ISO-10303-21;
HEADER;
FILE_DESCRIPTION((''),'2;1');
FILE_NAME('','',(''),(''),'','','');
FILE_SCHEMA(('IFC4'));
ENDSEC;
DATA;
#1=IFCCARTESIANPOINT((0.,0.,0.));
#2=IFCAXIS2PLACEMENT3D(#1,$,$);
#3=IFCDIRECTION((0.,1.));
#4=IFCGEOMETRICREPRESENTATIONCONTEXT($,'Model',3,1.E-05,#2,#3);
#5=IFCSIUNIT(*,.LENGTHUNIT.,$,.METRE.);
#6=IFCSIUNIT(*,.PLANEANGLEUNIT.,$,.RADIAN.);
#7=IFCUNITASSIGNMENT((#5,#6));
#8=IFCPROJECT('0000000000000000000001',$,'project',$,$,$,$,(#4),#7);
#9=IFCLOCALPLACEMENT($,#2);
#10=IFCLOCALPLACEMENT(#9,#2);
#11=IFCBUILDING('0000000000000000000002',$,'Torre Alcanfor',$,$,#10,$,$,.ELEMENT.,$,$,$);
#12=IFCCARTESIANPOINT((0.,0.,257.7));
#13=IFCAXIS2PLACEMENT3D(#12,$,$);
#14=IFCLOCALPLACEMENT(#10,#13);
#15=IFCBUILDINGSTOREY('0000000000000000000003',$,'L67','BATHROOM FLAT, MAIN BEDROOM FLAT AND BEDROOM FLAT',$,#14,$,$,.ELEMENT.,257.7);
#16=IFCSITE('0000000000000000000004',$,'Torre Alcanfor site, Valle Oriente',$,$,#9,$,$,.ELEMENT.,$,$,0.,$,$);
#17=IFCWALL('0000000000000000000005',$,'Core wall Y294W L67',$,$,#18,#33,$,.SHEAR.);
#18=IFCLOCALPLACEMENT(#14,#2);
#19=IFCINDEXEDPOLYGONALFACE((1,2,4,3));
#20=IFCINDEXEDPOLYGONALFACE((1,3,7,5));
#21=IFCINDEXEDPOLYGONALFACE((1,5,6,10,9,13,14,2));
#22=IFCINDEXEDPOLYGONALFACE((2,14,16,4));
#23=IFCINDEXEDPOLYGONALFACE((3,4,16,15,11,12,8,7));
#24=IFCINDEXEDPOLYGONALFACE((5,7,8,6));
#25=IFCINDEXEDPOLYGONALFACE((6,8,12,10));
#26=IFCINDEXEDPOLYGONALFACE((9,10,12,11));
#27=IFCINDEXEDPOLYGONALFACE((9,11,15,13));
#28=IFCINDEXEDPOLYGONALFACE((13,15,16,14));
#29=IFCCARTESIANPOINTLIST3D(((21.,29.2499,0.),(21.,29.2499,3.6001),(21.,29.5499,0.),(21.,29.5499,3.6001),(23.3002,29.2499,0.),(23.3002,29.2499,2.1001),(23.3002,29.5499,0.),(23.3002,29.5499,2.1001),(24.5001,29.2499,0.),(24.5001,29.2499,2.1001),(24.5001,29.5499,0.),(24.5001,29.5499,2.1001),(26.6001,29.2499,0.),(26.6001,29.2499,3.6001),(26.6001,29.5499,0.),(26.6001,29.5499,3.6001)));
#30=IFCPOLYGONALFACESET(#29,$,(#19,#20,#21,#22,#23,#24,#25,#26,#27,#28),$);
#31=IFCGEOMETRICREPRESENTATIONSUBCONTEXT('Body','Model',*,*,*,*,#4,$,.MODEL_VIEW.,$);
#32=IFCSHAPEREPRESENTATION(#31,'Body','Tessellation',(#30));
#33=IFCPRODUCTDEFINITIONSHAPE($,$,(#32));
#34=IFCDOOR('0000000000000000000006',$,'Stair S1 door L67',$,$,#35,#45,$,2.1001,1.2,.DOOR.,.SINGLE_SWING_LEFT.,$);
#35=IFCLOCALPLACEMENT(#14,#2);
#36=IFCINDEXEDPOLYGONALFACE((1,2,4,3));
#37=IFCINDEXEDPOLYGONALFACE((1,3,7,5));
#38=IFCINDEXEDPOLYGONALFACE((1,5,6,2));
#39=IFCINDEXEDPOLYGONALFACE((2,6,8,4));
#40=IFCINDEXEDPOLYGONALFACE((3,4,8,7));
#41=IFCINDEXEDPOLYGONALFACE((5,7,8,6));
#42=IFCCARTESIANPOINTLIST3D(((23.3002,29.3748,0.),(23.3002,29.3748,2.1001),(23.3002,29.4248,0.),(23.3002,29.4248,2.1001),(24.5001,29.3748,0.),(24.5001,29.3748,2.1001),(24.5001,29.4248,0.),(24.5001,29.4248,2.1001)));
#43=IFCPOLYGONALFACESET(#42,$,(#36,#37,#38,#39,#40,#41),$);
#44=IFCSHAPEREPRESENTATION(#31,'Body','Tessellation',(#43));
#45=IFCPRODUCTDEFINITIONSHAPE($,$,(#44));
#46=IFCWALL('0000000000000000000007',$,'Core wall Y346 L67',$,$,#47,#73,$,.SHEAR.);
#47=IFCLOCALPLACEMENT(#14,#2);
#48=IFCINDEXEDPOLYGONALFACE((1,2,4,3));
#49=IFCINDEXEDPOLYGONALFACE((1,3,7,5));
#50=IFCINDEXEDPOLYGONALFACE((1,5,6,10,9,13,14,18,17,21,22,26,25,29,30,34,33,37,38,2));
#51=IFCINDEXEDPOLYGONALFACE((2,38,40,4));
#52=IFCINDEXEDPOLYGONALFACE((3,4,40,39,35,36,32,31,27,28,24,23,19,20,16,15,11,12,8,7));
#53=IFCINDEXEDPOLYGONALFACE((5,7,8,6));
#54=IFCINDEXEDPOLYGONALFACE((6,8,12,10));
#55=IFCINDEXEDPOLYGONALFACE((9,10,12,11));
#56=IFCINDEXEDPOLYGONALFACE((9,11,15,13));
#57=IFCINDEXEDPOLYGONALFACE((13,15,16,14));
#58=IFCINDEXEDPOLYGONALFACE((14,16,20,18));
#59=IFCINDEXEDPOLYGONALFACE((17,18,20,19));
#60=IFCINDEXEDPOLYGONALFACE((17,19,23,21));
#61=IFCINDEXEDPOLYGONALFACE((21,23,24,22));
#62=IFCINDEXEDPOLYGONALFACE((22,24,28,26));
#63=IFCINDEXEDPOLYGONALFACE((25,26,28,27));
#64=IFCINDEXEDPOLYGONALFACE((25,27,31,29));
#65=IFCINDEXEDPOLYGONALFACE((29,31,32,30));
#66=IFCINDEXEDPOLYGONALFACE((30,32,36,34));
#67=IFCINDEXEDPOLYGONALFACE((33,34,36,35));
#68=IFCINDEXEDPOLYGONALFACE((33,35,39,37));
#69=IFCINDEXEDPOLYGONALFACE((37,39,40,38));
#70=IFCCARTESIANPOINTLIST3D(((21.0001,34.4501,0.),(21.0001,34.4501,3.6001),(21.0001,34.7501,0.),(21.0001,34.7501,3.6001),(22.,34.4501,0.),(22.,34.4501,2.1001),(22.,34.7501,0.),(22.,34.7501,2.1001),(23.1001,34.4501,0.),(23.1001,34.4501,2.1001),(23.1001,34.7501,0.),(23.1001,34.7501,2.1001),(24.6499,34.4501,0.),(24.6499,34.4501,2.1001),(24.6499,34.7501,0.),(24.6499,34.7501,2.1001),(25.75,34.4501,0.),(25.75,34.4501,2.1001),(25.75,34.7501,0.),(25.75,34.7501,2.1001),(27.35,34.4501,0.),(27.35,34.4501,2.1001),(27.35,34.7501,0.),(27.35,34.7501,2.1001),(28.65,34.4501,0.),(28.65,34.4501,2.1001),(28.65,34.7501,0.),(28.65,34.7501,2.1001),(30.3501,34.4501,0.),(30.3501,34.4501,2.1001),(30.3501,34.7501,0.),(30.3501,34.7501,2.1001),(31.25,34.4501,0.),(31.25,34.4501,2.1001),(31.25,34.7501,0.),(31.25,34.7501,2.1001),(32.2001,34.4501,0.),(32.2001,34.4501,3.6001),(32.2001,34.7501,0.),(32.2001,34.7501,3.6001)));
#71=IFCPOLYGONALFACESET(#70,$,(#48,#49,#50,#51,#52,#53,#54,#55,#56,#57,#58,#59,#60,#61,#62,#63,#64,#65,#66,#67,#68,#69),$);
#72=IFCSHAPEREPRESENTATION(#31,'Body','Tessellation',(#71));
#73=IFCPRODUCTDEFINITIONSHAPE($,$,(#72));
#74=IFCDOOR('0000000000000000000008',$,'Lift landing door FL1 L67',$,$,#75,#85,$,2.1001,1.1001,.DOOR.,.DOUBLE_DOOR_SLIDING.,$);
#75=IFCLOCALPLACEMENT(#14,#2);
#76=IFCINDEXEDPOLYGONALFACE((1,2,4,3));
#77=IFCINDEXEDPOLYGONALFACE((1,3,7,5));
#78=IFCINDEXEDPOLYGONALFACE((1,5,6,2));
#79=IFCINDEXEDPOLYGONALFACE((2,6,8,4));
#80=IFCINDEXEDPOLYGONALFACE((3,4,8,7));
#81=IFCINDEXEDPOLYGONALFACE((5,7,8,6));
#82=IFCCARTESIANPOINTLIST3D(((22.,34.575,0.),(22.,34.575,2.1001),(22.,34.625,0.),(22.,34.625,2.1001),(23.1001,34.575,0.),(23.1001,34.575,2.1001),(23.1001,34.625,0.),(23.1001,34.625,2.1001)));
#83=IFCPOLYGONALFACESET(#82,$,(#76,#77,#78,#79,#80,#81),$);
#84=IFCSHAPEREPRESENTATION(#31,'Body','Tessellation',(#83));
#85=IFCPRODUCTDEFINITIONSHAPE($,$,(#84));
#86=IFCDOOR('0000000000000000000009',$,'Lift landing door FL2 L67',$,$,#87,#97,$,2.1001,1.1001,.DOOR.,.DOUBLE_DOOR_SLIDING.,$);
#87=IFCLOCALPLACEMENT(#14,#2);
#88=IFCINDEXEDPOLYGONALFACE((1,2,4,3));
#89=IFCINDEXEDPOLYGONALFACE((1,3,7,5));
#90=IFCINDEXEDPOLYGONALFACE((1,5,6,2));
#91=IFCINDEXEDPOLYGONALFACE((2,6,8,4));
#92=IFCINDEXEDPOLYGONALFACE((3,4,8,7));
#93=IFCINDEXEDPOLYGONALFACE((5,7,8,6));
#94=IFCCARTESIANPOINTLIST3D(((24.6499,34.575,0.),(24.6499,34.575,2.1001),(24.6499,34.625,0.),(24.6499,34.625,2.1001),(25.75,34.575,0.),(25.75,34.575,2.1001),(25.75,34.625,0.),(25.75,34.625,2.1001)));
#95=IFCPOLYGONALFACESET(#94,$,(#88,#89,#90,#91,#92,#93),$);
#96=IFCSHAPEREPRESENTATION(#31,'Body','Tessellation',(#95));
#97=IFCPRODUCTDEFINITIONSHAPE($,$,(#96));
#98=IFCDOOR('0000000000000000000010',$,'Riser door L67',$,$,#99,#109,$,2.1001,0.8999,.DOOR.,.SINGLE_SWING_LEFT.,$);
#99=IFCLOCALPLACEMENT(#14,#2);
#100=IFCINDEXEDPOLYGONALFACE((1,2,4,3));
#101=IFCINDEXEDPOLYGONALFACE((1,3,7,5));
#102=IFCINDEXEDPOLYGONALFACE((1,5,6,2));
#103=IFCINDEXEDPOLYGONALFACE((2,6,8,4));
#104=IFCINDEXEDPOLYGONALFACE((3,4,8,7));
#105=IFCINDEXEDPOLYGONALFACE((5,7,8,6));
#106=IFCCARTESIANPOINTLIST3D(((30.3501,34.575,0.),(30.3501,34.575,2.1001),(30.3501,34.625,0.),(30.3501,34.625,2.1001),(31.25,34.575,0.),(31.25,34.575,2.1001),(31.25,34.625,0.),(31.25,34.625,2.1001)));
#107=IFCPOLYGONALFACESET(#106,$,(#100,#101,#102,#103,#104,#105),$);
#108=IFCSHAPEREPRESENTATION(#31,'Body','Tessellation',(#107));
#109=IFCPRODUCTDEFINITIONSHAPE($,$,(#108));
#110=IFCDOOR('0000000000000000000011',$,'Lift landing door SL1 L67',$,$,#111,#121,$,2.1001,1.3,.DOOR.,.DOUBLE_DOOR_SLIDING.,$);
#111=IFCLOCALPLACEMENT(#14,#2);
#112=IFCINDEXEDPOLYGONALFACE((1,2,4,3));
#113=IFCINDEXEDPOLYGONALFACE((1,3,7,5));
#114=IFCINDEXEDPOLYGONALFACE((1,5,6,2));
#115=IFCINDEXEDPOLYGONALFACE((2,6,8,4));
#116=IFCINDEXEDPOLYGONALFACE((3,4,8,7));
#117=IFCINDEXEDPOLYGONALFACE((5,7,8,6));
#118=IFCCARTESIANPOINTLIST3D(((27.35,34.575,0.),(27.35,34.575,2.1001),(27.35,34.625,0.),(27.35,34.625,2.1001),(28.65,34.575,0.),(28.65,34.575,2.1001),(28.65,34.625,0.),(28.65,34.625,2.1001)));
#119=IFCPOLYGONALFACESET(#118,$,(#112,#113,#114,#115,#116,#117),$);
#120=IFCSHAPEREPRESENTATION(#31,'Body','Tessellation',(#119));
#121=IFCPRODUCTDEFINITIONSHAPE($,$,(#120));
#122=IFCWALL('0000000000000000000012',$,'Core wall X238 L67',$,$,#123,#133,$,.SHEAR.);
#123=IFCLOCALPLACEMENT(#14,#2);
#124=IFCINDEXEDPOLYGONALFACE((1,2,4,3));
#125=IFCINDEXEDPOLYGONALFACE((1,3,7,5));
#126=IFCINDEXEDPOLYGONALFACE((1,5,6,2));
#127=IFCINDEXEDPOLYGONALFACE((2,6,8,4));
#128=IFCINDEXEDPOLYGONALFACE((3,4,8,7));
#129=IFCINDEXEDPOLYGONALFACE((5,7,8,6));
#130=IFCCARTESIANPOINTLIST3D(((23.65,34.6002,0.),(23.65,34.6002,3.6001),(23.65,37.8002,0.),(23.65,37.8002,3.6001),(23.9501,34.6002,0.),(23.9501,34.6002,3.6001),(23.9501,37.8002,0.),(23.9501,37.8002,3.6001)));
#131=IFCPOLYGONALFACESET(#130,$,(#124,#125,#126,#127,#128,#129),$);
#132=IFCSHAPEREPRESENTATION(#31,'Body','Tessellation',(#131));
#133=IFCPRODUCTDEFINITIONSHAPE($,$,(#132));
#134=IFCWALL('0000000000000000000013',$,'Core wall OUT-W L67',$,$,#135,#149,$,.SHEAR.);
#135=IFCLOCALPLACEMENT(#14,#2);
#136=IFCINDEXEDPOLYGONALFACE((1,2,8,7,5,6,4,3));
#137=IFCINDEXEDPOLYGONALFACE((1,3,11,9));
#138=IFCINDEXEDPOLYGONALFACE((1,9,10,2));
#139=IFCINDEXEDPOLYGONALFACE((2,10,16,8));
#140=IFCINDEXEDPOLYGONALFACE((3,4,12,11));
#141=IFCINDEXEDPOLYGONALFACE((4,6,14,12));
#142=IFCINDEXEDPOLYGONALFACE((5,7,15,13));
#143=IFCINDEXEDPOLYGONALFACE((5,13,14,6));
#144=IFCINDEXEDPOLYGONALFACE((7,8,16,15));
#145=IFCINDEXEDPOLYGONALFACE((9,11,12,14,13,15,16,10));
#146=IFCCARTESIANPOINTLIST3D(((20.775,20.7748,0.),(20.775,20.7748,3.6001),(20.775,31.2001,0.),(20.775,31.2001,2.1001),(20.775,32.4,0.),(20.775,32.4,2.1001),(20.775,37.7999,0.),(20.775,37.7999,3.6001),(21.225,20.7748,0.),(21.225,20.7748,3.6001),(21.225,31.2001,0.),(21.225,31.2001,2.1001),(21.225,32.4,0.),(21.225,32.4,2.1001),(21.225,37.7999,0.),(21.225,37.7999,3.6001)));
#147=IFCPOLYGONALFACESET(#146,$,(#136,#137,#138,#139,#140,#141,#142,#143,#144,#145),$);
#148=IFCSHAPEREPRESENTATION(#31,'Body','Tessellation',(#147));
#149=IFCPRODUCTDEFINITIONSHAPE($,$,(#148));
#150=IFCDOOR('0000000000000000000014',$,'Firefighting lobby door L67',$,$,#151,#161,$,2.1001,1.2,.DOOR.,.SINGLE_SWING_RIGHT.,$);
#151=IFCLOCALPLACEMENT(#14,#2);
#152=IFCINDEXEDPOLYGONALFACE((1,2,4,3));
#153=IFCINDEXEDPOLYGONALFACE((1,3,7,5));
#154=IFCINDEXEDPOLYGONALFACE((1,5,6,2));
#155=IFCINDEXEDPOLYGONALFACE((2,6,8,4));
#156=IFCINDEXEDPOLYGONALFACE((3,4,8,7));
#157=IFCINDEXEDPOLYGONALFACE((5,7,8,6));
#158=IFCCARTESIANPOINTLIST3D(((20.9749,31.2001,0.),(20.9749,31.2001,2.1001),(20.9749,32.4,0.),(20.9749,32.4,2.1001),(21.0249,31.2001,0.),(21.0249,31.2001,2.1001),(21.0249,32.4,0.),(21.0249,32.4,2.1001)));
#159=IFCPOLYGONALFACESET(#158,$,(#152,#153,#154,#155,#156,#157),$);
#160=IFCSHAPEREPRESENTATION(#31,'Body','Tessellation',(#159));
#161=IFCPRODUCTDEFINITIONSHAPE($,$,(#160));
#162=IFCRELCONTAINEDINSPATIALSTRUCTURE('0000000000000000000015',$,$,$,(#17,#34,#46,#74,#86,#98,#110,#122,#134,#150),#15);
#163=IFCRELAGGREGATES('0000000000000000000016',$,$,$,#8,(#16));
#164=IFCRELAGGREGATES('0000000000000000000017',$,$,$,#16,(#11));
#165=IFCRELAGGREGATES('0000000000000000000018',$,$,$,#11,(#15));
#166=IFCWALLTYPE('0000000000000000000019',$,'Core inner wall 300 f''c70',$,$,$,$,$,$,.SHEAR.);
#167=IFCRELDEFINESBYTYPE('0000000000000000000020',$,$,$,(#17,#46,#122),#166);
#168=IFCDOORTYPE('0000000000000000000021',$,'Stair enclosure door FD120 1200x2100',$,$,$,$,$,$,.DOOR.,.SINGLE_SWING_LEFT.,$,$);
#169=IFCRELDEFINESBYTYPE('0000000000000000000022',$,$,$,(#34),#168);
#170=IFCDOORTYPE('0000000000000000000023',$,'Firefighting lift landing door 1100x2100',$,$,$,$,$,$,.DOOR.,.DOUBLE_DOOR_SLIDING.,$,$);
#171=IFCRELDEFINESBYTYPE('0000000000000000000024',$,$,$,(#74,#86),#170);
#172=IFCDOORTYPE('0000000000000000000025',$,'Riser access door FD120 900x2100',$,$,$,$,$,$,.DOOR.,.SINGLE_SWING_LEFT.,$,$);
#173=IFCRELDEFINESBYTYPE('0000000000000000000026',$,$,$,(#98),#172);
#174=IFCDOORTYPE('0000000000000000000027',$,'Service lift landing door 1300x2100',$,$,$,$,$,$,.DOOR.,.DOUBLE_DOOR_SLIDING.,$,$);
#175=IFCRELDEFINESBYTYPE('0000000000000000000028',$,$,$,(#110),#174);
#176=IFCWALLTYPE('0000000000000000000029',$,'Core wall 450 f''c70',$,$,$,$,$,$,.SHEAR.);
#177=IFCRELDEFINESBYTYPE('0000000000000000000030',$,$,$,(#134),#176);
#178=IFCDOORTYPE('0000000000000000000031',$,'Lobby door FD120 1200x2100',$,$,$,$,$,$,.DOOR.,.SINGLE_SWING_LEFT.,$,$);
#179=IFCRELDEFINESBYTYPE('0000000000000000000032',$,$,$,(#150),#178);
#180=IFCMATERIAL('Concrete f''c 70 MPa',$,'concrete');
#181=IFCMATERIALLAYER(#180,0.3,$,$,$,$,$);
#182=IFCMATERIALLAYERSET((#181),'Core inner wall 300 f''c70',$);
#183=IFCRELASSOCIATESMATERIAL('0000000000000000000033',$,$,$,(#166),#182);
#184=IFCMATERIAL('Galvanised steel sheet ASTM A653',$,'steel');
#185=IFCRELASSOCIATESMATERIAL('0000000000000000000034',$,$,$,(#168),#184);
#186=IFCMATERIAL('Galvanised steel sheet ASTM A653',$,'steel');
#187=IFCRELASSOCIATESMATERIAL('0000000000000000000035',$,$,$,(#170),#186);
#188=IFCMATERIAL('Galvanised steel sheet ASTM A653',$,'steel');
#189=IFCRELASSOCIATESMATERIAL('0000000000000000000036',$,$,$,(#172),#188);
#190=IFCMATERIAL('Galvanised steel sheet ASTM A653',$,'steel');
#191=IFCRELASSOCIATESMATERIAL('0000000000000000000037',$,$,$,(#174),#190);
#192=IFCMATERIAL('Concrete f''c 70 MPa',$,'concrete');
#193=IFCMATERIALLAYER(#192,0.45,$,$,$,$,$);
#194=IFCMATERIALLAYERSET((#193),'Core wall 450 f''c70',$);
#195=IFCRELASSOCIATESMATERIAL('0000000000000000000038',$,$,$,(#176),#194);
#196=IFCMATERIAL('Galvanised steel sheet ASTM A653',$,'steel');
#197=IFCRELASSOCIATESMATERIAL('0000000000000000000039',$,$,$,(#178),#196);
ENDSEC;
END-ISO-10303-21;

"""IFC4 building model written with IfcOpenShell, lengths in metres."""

from ifc_helpers import new_model, si_unit, direction, frame, frame_2d, origin, place, context, subcontext, project, spatial, rectangle, extrude, material, layer, layer_set, type_object, element, fill, save


model = new_model("IFC4")

# Units and contexts
model_context = context("Model", 3, precision=1e-05, world=origin(), true_north=direction((0.0, 1.0)))
body_context = subcontext(model_context, "Body", "Model", "MODEL_VIEW")
ifc_project = project(units=[si_unit("LENGTHUNIT", "METRE"), si_unit("PLANEANGLEUNIT", "RADIAN")], contexts=[model_context])

# Site, building, storey
site_placement = place(None, origin())
site = spatial("IfcSite", under=ifc_project, at=site_placement, Name="Torre Alcanfor site, Valle Oriente", CompositionType="ELEMENT", RefElevation=0.0)
building_placement = place(site_placement, origin())
building = spatial("IfcBuilding", under=site, at=building_placement, Name="Torre Alcanfor", CompositionType="ELEMENT")
storey_placement = place(building_placement, frame((0.0, 0.0, 257.7)))
storey = spatial("IfcBuildingStorey", under=building, at=storey_placement, Name="L67", Description="BATHROOM FLAT, MAIN BEDROOM FLAT AND BEDROOM FLAT", CompositionType="ELEMENT", Elevation=257.7)

# Wall, opening, door
ifc_material_1 = material(Name="Concrete f'c 70 MPa", Category="concrete")
ifc_layer_1 = layer(ifc_material_1, 0.3)
ifc_layer_set_1 = layer_set([ifc_layer_1], Name="Core inner wall 300 f'c70")
wall_type_1 = type_object("IfcWallType", Name="Core inner wall 300 f'c70", PredefinedType="SHEAR", material=ifc_layer_set_1)
wall_1_placement = place(storey_placement, frame((21.0, 29.3999, 0.0), z_axis=(0.0, 0.0, 1.0), x_axis=(1.0, 0.0, 0.0)))
wall_1 = element("IfcWall", 1, at=wall_1_placement, inside=storey, type_object=wall_type_1, Name="Core wall Y294W L67", PredefinedType="SHEAR", context=body_context, shape_type="SweptSolid", body=[
    extrude(rectangle(XDim=5.6001, YDim=0.3, at=frame_2d((2.8, 0.0))), origin(), (0.0, 0.0, 1.0), 3.6001),
])
opening_1_placement = place(wall_1_placement, frame((2.3, 0.0, 0.0)))
opening_1 = element("IfcOpeningElement", 2, at=opening_1_placement, cuts=wall_1, PredefinedType="OPENING", context=body_context, shape_type="SweptSolid", body=[
    extrude(rectangle(XDim=1.2, YDim=2.1001, at=frame_2d((0.6001, 1.05))), frame((0.0, 0.1599, 0.0), z_axis=(0.0, -1.0, 0.0), x_axis=(1.0, 0.0, 0.0)), (0.0, 0.0, 1.0), 0.3201),
])
ifc_material_2 = material(Name="Galvanised steel sheet ASTM A653", Category="steel")
door_type_1 = type_object("IfcDoorType", Name="Stair enclosure door FD120 1200x2100", OperationType="SINGLE_SWING_LEFT", PredefinedType="DOOR", material=ifc_material_2)
door_1_placement = place(opening_1_placement, frame((1.2, 0.0, 0.0), z_axis=(0.0, 0.0, 1.0), x_axis=(-1.0, 0.0, 0.0)))
door_1 = element("IfcDoor", 3, at=door_1_placement, inside=storey, type_object=door_type_1, Name="Stair S1 door L67", OperationType="SINGLE_SWING_LEFT", OverallHeight=2.1001, OverallWidth=1.2, PredefinedType="DOOR", context=body_context, shape_type="SweptSolid", body=[
    extrude(rectangle(XDim=1.2, YDim=2.1001, at=frame_2d((0.5999, 1.05))), frame((0.0, 0.0251, 0.0), z_axis=(0.0, -1.0, 0.0), x_axis=(1.0, 0.0, 0.0)), (0.0, 0.0, 1.0), 0.05),
])
fill(opening_1, door_1)

# Wall, openings, doors
wall_2_placement = place(storey_placement, frame((21.0, 34.6001, 0.0), z_axis=(0.0, 0.0, 1.0), x_axis=(1.0, 0.0, 0.0)))
wall_2 = element("IfcWall", 4, at=wall_2_placement, inside=storey, type_object=wall_type_1, Name="Core wall Y346 L67", PredefinedType="SHEAR", context=body_context, shape_type="SweptSolid", body=[
    extrude(rectangle(XDim=11.2, YDim=0.3, at=frame_2d((5.6001, 0.0))), origin(), (0.0, 0.0, 1.0), 3.6001),
])
opening_2_placement = place(wall_2_placement, frame((9.3501, 0.0, 0.0)))
opening_2 = element("IfcOpeningElement", 5, at=opening_2_placement, cuts=wall_2, PredefinedType="OPENING", context=body_context, shape_type="SweptSolid", body=[
    extrude(rectangle(XDim=0.8999, YDim=2.1001, at=frame_2d((0.45, 1.05))), frame((0.0, 0.1599, 0.0), z_axis=(0.0, -1.0, 0.0), x_axis=(1.0, 0.0, 0.0)), (0.0, 0.0, 1.0), 0.3201),
])
opening_3_placement = place(wall_2_placement, frame((1.0, 0.0, 0.0)))
opening_3 = element("IfcOpeningElement", 6, at=opening_3_placement, cuts=wall_2, PredefinedType="OPENING", context=body_context, shape_type="SweptSolid", body=[
    extrude(rectangle(XDim=1.1001, YDim=2.1001, at=frame_2d((0.55, 1.05))), frame((0.0, 0.1599, 0.0), z_axis=(0.0, -1.0, 0.0), x_axis=(1.0, 0.0, 0.0)), (0.0, 0.0, 1.0), 0.3201),
])
opening_4_placement = place(wall_2_placement, frame((3.6499, 0.0, 0.0)))
opening_4 = element("IfcOpeningElement", 7, at=opening_4_placement, cuts=wall_2, PredefinedType="OPENING", context=body_context, shape_type="SweptSolid", body=[
    extrude(rectangle(XDim=1.1001, YDim=2.1001, at=frame_2d((0.55, 1.05))), frame((0.0, 0.1599, 0.0), z_axis=(0.0, -1.0, 0.0), x_axis=(1.0, 0.0, 0.0)), (0.0, 0.0, 1.0), 0.3201),
])
opening_5_placement = place(wall_2_placement, frame((6.3501, 0.0, 0.0)))
opening_5 = element("IfcOpeningElement", 8, at=opening_5_placement, cuts=wall_2, PredefinedType="OPENING", context=body_context, shape_type="SweptSolid", body=[
    extrude(rectangle(XDim=1.3, YDim=2.1001, at=frame_2d((0.6499, 1.05))), frame((0.0, 0.1599, 0.0), z_axis=(0.0, -1.0, 0.0), x_axis=(1.0, 0.0, 0.0)), (0.0, 0.0, 1.0), 0.3201),
])
ifc_material_3 = material(Name="Galvanised steel sheet ASTM A653", Category="steel")
door_type_2 = type_object("IfcDoorType", Name="Firefighting lift landing door 1100x2100", OperationType="DOUBLE_DOOR_SLIDING", PredefinedType="DOOR", material=ifc_material_3)
door_2_placement = place(opening_3_placement, origin())
door_2 = element("IfcDoor", 9, at=door_2_placement, inside=storey, type_object=door_type_2, Name="Lift landing door FL1 L67", OperationType="DOUBLE_DOOR_SLIDING", OverallHeight=2.1001, OverallWidth=1.1001, PredefinedType="DOOR", context=body_context, shape_type="SweptSolid", body=[
    extrude(rectangle(XDim=1.1001, YDim=2.1001, at=frame_2d((0.55, 1.05))), frame((0.0, 0.0249, 0.0), z_axis=(0.0, -1.0, 0.0), x_axis=(1.0, 0.0, 0.0)), (0.0, 0.0, 1.0), 0.05),
])
fill(opening_3, door_2)
door_3_placement = place(opening_4_placement, origin())
door_3 = element("IfcDoor", 10, at=door_3_placement, inside=storey, type_object=door_type_2, Name="Lift landing door FL2 L67", OperationType="DOUBLE_DOOR_SLIDING", OverallHeight=2.1001, OverallWidth=1.1001, PredefinedType="DOOR", context=body_context, shape_type="SweptSolid", body=[
    extrude(rectangle(XDim=1.1001, YDim=2.1001, at=frame_2d((0.55, 1.05))), frame((0.0, 0.0249, 0.0), z_axis=(0.0, -1.0, 0.0), x_axis=(1.0, 0.0, 0.0)), (0.0, 0.0, 1.0), 0.05),
])
fill(opening_4, door_3)
ifc_material_4 = material(Name="Galvanised steel sheet ASTM A653", Category="steel")
door_type_3 = type_object("IfcDoorType", Name="Riser access door FD120 900x2100", OperationType="SINGLE_SWING_LEFT", PredefinedType="DOOR", material=ifc_material_4)
door_4_placement = place(opening_2_placement, origin())
door_4 = element("IfcDoor", 11, at=door_4_placement, inside=storey, type_object=door_type_3, Name="Riser door L67", OperationType="SINGLE_SWING_LEFT", OverallHeight=2.1001, OverallWidth=0.8999, PredefinedType="DOOR", context=body_context, shape_type="SweptSolid", body=[
    extrude(rectangle(XDim=0.8999, YDim=2.1001, at=frame_2d((0.45, 1.05))), frame((0.0, 0.0249, 0.0), z_axis=(0.0, -1.0, 0.0), x_axis=(1.0, 0.0, 0.0)), (0.0, 0.0, 1.0), 0.05),
])
fill(opening_2, door_4)
ifc_material_5 = material(Name="Galvanised steel sheet ASTM A653", Category="steel")
door_type_4 = type_object("IfcDoorType", Name="Service lift landing door 1300x2100", OperationType="DOUBLE_DOOR_SLIDING", PredefinedType="DOOR", material=ifc_material_5)
door_5_placement = place(opening_5_placement, origin())
door_5 = element("IfcDoor", 12, at=door_5_placement, inside=storey, type_object=door_type_4, Name="Lift landing door SL1 L67", OperationType="DOUBLE_DOOR_SLIDING", OverallHeight=2.1001, OverallWidth=1.3, PredefinedType="DOOR", context=body_context, shape_type="SweptSolid", body=[
    extrude(rectangle(XDim=1.3, YDim=2.1001, at=frame_2d((0.6499, 1.05))), frame((0.0, 0.0249, 0.0), z_axis=(0.0, -1.0, 0.0), x_axis=(1.0, 0.0, 0.0)), (0.0, 0.0, 1.0), 0.05),
])
fill(opening_5, door_5)

# Wall
wall_3_placement = place(storey_placement, frame((23.8, 34.6001, 0.0), z_axis=(0.0, 0.0, 1.0), x_axis=(0.0, 1.0, 0.0)))
element("IfcWall", 13, at=wall_3_placement, inside=storey, type_object=wall_type_1, Name="Core wall X238 L67", PredefinedType="SHEAR", context=body_context, shape_type="SweptSolid", body=[
    extrude(rectangle(XDim=3.2, YDim=0.3, at=frame_2d((1.6001, 0.0))), origin(), (0.0, 0.0, 1.0), 3.6001),
])

# Wall, opening, door
ifc_material_6 = material(Name="Concrete f'c 70 MPa", Category="concrete")
ifc_layer_2 = layer(ifc_material_6, 0.45)
ifc_layer_set_2 = layer_set([ifc_layer_2], Name="Core wall 450 f'c70")
wall_type_2 = type_object("IfcWallType", Name="Core wall 450 f'c70", PredefinedType="SHEAR", material=ifc_layer_set_2)
wall_4_placement = place(storey_placement, frame((21.0, 37.8, 0.0), z_axis=(0.0, 0.0, 1.0), x_axis=(0.0, -1.0, 0.0)))
wall_4 = element("IfcWall", 14, at=wall_4_placement, inside=storey, type_object=wall_type_2, Name="Core wall OUT-W L67", PredefinedType="SHEAR", context=body_context, shape_type="SweptSolid", body=[
    extrude(rectangle(XDim=17.0251, YDim=0.45, at=frame_2d((8.5127, 0.0))), origin(), (0.0, 0.0, 1.0), 3.6001),
])
opening_6_placement = place(wall_4_placement, frame((5.3999, 0.0, 0.0)))
opening_6 = element("IfcOpeningElement", 15, at=opening_6_placement, cuts=wall_4, PredefinedType="OPENING", context=body_context, shape_type="SweptSolid", body=[
    extrude(rectangle(XDim=1.2, YDim=2.1001, at=frame_2d((0.6001, 1.05))), frame((0.0, 0.2349, 0.0), z_axis=(0.0, -1.0, 0.0), x_axis=(1.0, 0.0, 0.0)), (0.0, 0.0, 1.0), 0.47),
])
ifc_material_7 = material(Name="Galvanised steel sheet ASTM A653", Category="steel")
door_type_5 = type_object("IfcDoorType", Name="Lobby door FD120 1200x2100", OperationType="SINGLE_SWING_LEFT", PredefinedType="DOOR", material=ifc_material_7)
door_6_placement = place(opening_6_placement, origin())
door_6 = element("IfcDoor", 16, at=door_6_placement, inside=storey, type_object=door_type_5, Name="Firefighting lobby door L67", OperationType="SINGLE_SWING_RIGHT", OverallHeight=2.1001, OverallWidth=1.2, PredefinedType="DOOR", context=body_context, shape_type="SweptSolid", body=[
    extrude(rectangle(XDim=1.2, YDim=2.1001, at=frame_2d((0.6001, 1.05))), frame((0.0, 0.0249, 0.0), z_axis=(0.0, -1.0, 0.0), x_axis=(1.0, 0.0, 0.0)), (0.0, 0.0, 1.0), 0.05),
])
fill(opening_6, door_6)

save(model, "model.ifc")
